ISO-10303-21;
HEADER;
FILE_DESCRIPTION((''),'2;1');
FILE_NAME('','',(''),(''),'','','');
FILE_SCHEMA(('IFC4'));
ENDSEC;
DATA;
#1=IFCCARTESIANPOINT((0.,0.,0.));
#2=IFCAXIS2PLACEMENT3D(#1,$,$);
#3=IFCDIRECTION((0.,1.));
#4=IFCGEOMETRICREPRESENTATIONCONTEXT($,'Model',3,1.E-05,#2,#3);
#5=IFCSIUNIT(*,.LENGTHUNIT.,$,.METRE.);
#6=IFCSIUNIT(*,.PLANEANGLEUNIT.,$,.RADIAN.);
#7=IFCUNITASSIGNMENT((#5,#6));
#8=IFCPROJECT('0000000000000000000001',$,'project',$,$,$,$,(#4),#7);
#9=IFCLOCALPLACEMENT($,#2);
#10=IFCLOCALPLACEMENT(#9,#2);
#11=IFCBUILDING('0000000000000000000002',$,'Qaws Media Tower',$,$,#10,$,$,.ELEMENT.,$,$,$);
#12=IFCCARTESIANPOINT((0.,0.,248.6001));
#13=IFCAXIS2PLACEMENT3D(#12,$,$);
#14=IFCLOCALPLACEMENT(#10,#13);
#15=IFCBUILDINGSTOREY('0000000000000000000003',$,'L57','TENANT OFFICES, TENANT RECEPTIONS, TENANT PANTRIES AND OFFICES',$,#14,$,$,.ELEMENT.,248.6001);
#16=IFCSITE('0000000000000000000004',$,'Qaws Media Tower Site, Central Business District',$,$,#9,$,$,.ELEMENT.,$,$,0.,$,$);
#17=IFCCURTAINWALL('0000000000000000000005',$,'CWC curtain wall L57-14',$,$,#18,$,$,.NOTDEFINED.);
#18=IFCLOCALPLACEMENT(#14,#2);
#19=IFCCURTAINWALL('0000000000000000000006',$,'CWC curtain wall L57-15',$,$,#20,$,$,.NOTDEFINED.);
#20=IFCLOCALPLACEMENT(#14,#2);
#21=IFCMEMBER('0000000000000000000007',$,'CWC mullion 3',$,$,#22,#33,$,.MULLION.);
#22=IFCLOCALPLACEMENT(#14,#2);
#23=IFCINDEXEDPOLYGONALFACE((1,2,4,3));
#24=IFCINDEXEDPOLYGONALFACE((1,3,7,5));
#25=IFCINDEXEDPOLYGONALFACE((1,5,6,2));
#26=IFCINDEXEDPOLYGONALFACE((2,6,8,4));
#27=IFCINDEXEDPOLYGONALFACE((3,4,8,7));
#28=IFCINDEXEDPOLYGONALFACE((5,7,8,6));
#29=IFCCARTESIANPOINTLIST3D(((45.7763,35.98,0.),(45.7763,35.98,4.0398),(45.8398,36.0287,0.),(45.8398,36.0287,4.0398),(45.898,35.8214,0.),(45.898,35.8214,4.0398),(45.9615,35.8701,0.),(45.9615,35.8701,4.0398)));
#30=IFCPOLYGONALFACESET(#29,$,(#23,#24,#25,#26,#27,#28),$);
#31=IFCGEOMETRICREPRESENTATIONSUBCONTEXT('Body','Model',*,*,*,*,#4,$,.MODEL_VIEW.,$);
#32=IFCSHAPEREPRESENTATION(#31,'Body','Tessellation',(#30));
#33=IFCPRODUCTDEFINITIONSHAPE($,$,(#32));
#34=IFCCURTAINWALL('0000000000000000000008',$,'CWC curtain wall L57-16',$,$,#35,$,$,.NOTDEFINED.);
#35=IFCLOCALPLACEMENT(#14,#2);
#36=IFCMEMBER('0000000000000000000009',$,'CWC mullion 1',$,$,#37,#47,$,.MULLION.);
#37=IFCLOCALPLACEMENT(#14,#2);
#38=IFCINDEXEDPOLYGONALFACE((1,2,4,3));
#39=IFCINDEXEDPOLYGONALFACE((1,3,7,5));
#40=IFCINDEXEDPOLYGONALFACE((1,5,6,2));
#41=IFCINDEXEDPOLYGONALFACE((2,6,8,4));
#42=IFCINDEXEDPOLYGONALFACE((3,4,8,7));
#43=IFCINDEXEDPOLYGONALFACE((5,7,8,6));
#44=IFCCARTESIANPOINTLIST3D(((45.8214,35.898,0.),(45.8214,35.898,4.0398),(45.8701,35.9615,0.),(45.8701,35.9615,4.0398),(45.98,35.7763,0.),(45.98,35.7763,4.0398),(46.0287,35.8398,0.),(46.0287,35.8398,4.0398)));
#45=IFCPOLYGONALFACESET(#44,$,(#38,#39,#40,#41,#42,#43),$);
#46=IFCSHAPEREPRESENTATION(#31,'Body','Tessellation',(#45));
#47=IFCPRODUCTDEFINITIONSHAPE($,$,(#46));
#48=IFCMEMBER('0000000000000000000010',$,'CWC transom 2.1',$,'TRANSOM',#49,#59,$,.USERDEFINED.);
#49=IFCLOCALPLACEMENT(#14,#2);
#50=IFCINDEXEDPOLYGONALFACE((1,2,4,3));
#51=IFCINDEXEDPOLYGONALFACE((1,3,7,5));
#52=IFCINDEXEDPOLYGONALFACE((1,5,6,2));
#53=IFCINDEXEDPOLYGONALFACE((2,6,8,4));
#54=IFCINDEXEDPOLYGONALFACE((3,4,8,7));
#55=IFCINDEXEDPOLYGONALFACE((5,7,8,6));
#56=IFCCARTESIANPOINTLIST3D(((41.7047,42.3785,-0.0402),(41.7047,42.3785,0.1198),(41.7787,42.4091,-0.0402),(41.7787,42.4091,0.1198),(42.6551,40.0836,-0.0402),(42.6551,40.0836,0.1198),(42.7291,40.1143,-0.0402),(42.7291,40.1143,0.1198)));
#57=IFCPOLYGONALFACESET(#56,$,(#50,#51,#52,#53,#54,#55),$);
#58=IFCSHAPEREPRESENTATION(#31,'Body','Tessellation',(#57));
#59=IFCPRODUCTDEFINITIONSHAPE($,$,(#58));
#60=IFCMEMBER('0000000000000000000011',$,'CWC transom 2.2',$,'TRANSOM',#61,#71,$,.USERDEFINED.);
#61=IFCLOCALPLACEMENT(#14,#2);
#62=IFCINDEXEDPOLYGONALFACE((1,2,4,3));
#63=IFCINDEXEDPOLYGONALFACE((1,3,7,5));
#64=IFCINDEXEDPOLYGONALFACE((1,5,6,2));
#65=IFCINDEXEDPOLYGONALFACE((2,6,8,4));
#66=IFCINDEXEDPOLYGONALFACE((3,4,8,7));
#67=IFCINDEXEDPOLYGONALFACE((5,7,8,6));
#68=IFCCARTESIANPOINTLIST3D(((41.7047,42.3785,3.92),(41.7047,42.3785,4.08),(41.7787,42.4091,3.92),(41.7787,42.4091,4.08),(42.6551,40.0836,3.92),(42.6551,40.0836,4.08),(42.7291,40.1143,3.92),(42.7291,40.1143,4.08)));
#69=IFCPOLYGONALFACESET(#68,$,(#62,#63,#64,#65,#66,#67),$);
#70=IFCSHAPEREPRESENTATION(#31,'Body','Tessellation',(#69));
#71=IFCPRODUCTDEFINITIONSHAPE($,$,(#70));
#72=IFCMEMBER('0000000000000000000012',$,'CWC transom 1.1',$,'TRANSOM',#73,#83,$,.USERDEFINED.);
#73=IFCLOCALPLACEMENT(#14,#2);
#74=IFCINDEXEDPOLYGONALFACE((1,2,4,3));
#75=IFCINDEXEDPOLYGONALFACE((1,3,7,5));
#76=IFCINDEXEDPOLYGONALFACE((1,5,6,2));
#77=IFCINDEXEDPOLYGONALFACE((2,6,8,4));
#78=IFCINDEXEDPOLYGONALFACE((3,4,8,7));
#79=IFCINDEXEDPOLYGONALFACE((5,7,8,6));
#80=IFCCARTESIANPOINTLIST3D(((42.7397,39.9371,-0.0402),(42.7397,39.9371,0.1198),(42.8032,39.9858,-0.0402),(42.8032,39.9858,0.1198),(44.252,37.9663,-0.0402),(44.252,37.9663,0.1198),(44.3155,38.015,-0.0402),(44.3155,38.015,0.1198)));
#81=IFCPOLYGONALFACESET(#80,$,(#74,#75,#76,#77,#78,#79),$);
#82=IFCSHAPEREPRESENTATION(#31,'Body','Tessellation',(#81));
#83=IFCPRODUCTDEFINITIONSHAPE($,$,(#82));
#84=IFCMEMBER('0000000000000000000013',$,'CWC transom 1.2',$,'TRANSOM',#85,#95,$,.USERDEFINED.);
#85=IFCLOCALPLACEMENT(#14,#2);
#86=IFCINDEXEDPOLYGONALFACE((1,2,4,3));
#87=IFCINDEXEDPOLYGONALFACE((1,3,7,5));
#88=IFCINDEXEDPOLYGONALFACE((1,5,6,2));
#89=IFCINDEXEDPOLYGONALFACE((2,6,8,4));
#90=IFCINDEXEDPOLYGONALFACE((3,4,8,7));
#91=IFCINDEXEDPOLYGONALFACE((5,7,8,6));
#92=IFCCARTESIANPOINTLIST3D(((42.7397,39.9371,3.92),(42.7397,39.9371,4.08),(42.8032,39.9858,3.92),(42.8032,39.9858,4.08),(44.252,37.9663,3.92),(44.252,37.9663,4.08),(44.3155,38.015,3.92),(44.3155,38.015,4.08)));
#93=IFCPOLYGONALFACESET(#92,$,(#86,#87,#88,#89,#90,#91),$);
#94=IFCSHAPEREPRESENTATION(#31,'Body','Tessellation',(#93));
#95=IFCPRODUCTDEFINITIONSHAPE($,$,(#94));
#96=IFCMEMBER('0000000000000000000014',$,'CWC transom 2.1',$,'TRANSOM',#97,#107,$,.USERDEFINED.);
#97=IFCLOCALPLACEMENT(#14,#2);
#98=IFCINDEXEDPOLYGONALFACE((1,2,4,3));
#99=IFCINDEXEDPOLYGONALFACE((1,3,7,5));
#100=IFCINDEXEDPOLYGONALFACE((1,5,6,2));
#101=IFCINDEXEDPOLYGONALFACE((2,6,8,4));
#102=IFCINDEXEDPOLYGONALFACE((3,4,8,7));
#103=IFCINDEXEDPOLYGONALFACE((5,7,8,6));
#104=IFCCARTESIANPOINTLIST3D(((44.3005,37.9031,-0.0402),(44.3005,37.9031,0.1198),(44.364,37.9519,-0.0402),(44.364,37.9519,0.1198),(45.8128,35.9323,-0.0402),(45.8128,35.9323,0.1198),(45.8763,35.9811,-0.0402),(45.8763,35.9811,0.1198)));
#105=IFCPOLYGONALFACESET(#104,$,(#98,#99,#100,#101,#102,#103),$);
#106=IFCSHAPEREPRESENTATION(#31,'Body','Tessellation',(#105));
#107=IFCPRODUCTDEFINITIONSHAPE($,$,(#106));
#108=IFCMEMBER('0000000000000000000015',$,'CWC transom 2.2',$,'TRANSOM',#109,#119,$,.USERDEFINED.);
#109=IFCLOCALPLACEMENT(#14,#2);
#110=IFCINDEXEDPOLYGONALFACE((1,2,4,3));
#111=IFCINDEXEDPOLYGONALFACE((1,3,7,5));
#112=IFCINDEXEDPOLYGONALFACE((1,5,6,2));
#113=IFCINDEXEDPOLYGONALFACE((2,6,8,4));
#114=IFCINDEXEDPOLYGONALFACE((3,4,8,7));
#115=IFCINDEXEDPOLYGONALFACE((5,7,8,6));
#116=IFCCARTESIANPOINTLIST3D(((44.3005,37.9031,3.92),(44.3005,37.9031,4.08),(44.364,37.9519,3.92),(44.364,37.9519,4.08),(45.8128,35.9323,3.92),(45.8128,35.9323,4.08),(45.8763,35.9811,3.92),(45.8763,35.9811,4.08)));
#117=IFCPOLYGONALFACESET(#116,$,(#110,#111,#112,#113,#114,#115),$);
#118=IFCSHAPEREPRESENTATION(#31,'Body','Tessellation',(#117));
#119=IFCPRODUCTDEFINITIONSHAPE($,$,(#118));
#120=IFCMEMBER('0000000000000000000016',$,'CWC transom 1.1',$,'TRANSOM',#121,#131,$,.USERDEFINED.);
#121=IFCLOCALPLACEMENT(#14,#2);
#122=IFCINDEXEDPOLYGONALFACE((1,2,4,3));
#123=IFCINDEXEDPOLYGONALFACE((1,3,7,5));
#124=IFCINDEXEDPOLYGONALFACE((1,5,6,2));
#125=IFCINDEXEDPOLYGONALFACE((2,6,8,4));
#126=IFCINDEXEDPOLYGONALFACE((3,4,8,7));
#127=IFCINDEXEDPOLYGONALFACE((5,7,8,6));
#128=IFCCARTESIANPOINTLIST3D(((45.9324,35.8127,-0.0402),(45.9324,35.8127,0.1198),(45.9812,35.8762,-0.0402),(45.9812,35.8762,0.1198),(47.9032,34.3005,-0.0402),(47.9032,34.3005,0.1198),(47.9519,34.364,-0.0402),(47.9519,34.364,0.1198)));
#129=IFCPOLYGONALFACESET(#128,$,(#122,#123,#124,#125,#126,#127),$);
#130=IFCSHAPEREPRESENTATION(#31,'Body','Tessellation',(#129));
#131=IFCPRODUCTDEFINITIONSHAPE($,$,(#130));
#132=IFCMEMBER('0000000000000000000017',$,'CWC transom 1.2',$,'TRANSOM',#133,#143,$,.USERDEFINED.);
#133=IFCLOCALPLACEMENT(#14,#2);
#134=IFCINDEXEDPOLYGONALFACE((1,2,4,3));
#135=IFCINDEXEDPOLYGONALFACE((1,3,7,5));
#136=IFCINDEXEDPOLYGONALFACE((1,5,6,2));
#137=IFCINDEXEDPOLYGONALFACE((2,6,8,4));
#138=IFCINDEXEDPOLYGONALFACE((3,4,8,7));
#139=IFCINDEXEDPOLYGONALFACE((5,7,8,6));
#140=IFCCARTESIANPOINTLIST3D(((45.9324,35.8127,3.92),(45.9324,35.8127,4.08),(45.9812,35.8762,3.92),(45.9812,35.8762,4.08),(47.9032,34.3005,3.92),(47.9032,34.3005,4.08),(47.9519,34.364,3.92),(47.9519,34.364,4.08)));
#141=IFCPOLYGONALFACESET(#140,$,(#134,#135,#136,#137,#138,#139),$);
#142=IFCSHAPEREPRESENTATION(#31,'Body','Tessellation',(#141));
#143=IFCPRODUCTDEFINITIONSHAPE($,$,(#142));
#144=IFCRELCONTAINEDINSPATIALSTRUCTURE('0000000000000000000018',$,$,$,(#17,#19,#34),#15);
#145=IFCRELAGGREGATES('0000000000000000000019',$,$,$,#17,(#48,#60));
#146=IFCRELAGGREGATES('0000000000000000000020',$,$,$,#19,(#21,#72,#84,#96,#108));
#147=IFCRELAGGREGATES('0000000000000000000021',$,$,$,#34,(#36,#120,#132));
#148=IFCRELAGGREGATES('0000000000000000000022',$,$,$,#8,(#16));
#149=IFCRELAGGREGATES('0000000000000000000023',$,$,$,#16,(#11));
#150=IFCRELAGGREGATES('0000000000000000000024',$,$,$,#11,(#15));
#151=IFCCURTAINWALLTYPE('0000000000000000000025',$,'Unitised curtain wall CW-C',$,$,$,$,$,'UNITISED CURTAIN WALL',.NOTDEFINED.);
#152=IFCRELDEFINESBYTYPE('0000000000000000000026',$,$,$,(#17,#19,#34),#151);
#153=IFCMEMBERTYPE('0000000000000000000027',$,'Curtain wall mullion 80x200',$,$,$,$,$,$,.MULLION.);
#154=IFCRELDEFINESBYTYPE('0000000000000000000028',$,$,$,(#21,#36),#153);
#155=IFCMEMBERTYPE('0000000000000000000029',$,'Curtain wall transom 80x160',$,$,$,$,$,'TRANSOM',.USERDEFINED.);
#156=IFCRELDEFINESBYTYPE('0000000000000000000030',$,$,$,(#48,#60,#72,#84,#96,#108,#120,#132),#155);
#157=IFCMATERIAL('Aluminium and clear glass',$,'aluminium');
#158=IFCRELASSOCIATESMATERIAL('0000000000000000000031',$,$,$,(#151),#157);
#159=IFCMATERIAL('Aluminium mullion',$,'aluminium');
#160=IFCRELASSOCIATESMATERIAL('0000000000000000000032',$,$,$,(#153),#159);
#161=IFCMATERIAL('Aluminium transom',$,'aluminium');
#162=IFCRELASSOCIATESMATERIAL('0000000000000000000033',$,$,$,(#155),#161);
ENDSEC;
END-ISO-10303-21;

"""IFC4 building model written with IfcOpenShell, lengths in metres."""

from ifc_helpers import new_model, si_unit, direction, frame, origin, origin_2d, place, context, subcontext, project, spatial, rectangle, extrude, material, material_profile, profile_set, type_object, element, aggregate, save


model = new_model("IFC4")

# Units and contexts
model_context = context("Model", 3, precision=1e-05, world=origin(), true_north=direction((0.0, 1.0)))
body_context = subcontext(model_context, "Body", "Model", "MODEL_VIEW")
ifc_project = project(units=[si_unit("LENGTHUNIT", "METRE"), si_unit("PLANEANGLEUNIT", "RADIAN")], contexts=[model_context])

# Site, building, storey
site_placement = place(None, origin())
site = spatial("IfcSite", under=ifc_project, at=site_placement, Name="Qaws Media Tower Site, Central Business District", CompositionType="ELEMENT", RefElevation=0.0)
building_placement = place(site_placement, origin())
building = spatial("IfcBuilding", under=site, at=building_placement, Name="Qaws Media Tower", CompositionType="ELEMENT")
storey_placement = place(building_placement, frame((0.0, 0.0, 248.6001)))
storey = spatial("IfcBuildingStorey", under=building, at=storey_placement, Name="L57", Description="TENANT OFFICES, TENANT RECEPTIONS, TENANT PANTRIES AND OFFICES", CompositionType="ELEMENT", Elevation=248.6001)

# Curtain wall
ifc_material_1 = material(Name="Aluminium and clear glass", Category="aluminium")
curtain_wall_type = type_object("IfcCurtainWallType", Name="Unitised curtain wall CW-C", ElementType="UNITISED CURTAIN WALL", PredefinedType="NOTDEFINED", material=ifc_material_1)
curtain_wall_1_placement = place(storey_placement, origin())
curtain_wall_1 = element("IfcCurtainWall", 1, at=curtain_wall_1_placement, inside=storey, type_object=curtain_wall_type, Name="CWC curtain wall L57-14", PredefinedType="NOTDEFINED")
ifc_material_2 = material(Name="Aluminium mullion", Category="aluminium")
ifc_material_profile_1 = material_profile(ifc_material_2, rectangle(XDim=0.0801, YDim=0.2, at=origin_2d()), Name="80x200")
ifc_profile_set_1 = profile_set([ifc_material_profile_1], Name="Aluminium mullion")
member_type_1 = type_object("IfcMemberType", Name="Curtain wall mullion 80x200", PredefinedType="MULLION", material=ifc_profile_set_1)

# Curtain wall, member
curtain_wall_2_placement = place(storey_placement, origin())
curtain_wall_2 = element("IfcCurtainWall", 2, at=curtain_wall_2_placement, inside=storey, type_object=curtain_wall_type, Name="CWC curtain wall L57-15", PredefinedType="NOTDEFINED")
member_1_placement = place(storey_placement, frame((45.8689, 35.925, 0.0), z_axis=(0.0, 0.0, 1.0), x_axis=(0.793353, 0.608762, 0.0)))
member_1 = element("IfcMember", 3, at=member_1_placement, type_object=member_type_1, Name="CWC mullion 3", PredefinedType="MULLION", context=body_context, shape_type="SweptSolid", body=[
    extrude(rectangle(XDim=0.0801, YDim=0.2, at=origin_2d()), origin(), (0.0, 0.0, 1.0), 4.0398),
])

# Curtain wall, member
curtain_wall_3_placement = place(storey_placement, origin())
curtain_wall_3 = element("IfcCurtainWall", 4, at=curtain_wall_3_placement, inside=storey, type_object=curtain_wall_type, Name="CWC curtain wall L57-16", PredefinedType="NOTDEFINED")
member_2_placement = place(storey_placement, frame((45.925, 35.8689, 0.0), z_axis=(0.0, 0.0, 1.0), x_axis=(0.608762, 0.793353, 0.0)))
member_2 = element("IfcMember", 5, at=member_2_placement, type_object=member_type_1, Name="CWC mullion 1", PredefinedType="MULLION", context=body_context, shape_type="SweptSolid", body=[
    extrude(rectangle(XDim=0.0801, YDim=0.2, at=origin_2d()), origin(), (0.0, 0.0, 1.0), 4.0398),
])

# Members
ifc_material_3 = material(Name="Aluminium transom", Category="aluminium")
ifc_material_profile_2 = material_profile(ifc_material_3, rectangle(XDim=0.0801, YDim=0.1599, at=origin_2d()), Name="80x160")
ifc_profile_set_2 = profile_set([ifc_material_profile_2], Name="Aluminium transom")
member_type_2 = type_object("IfcMemberType", Name="Curtain wall transom 80x160", ElementType="TRANSOM", PredefinedType="USERDEFINED", material=ifc_profile_set_2)
member_3_placement = place(storey_placement, frame((41.7417, 42.3938, 0.0398), z_axis=(0.382632, -0.923901, 0.0), x_axis=(0.923901, 0.382632, 0.0)))
member_3 = element("IfcMember", 6, at=member_3_placement, type_object=member_type_2, Name="CWC transom 2.1", ObjectType="TRANSOM", PredefinedType="USERDEFINED", context=body_context, shape_type="SweptSolid", body=[
    extrude(rectangle(XDim=0.0801, YDim=0.1599, at=origin_2d()), origin(), (0.0, 0.0, 1.0), 2.4839),
])
member_4_placement = place(storey_placement, frame((41.7417, 42.3938, 4.0), z_axis=(0.382632, -0.923901, 0.0), x_axis=(0.923901, 0.382632, 0.0)))
member_4 = element("IfcMember", 7, at=member_4_placement, type_object=member_type_2, Name="CWC transom 2.2", ObjectType="TRANSOM", PredefinedType="USERDEFINED", context=body_context, shape_type="SweptSolid", body=[
    extrude(rectangle(XDim=0.0801, YDim=0.1599, at=origin_2d()), origin(), (0.0, 0.0, 1.0), 2.4839),
])
member_5_placement = place(storey_placement, frame((42.7715, 39.9614, 0.0398), z_axis=(0.60877, -0.793347, 0.0), x_axis=(0.793347, 0.60877, 0.0)))
member_5 = element("IfcMember", 8, at=member_5_placement, type_object=member_type_2, Name="CWC transom 1.1", ObjectType="TRANSOM", PredefinedType="USERDEFINED", context=body_context, shape_type="SweptSolid", body=[
    extrude(rectangle(XDim=0.0801, YDim=0.1599, at=origin_2d()), origin(), (0.0, 0.0, 1.0), 2.4841),
])
member_6_placement = place(storey_placement, frame((42.7715, 39.9614, 4.0), z_axis=(0.60877, -0.793347, 0.0), x_axis=(0.793347, 0.60877, 0.0)))
member_6 = element("IfcMember", 9, at=member_6_placement, type_object=member_type_2, Name="CWC transom 1.2", ObjectType="TRANSOM", PredefinedType="USERDEFINED", context=body_context, shape_type="SweptSolid", body=[
    extrude(rectangle(XDim=0.0801, YDim=0.1599, at=origin_2d()), origin(), (0.0, 0.0, 1.0), 2.4841),
])
member_7_placement = place(storey_placement, frame((44.3323, 37.9275, 0.0398), z_axis=(0.60877, -0.793347, 0.0), x_axis=(0.793347, 0.60877, 0.0)))
member_7 = element("IfcMember", 10, at=member_7_placement, type_object=member_type_2, Name="CWC transom 2.1", ObjectType="TRANSOM", PredefinedType="USERDEFINED", context=body_context, shape_type="SweptSolid", body=[
    extrude(rectangle(XDim=0.0801, YDim=0.1599, at=origin_2d()), origin(), (0.0, 0.0, 1.0), 2.4841),
])
member_8_placement = place(storey_placement, frame((44.3323, 37.9275, 4.0), z_axis=(0.60877, -0.793347, 0.0), x_axis=(0.793347, 0.60877, 0.0)))
member_8 = element("IfcMember", 11, at=member_8_placement, type_object=member_type_2, Name="CWC transom 2.2", ObjectType="TRANSOM", PredefinedType="USERDEFINED", context=body_context, shape_type="SweptSolid", body=[
    extrude(rectangle(XDim=0.0801, YDim=0.1599, at=origin_2d()), origin(), (0.0, 0.0, 1.0), 2.4841),
])
member_9_placement = place(storey_placement, frame((45.9568, 35.8445, 0.0398), z_axis=(0.793347, -0.60877, 0.0), x_axis=(0.60877, 0.793347, 0.0)))
member_9 = element("IfcMember", 12, at=member_9_placement, type_object=member_type_2, Name="CWC transom 1.1", ObjectType="TRANSOM", PredefinedType="USERDEFINED", context=body_context, shape_type="SweptSolid", body=[
    extrude(rectangle(XDim=0.0801, YDim=0.1599, at=origin_2d()), origin(), (0.0, 0.0, 1.0), 2.4841),
])
member_10_placement = place(storey_placement, frame((45.9568, 35.8445, 4.0), z_axis=(0.793347, -0.60877, 0.0), x_axis=(0.60877, 0.793347, 0.0)))
member_10 = element("IfcMember", 13, at=member_10_placement, type_object=member_type_2, Name="CWC transom 1.2", ObjectType="TRANSOM", PredefinedType="USERDEFINED", context=body_context, shape_type="SweptSolid", body=[
    extrude(rectangle(XDim=0.0801, YDim=0.1599, at=origin_2d()), origin(), (0.0, 0.0, 1.0), 2.4841),
])

aggregate(curtain_wall_1, [member_3, member_4])
aggregate(curtain_wall_2, [member_1, member_5, member_6, member_7, member_8])
aggregate(curtain_wall_3, [member_2, member_9, member_10])

save(model, "model.ifc")
